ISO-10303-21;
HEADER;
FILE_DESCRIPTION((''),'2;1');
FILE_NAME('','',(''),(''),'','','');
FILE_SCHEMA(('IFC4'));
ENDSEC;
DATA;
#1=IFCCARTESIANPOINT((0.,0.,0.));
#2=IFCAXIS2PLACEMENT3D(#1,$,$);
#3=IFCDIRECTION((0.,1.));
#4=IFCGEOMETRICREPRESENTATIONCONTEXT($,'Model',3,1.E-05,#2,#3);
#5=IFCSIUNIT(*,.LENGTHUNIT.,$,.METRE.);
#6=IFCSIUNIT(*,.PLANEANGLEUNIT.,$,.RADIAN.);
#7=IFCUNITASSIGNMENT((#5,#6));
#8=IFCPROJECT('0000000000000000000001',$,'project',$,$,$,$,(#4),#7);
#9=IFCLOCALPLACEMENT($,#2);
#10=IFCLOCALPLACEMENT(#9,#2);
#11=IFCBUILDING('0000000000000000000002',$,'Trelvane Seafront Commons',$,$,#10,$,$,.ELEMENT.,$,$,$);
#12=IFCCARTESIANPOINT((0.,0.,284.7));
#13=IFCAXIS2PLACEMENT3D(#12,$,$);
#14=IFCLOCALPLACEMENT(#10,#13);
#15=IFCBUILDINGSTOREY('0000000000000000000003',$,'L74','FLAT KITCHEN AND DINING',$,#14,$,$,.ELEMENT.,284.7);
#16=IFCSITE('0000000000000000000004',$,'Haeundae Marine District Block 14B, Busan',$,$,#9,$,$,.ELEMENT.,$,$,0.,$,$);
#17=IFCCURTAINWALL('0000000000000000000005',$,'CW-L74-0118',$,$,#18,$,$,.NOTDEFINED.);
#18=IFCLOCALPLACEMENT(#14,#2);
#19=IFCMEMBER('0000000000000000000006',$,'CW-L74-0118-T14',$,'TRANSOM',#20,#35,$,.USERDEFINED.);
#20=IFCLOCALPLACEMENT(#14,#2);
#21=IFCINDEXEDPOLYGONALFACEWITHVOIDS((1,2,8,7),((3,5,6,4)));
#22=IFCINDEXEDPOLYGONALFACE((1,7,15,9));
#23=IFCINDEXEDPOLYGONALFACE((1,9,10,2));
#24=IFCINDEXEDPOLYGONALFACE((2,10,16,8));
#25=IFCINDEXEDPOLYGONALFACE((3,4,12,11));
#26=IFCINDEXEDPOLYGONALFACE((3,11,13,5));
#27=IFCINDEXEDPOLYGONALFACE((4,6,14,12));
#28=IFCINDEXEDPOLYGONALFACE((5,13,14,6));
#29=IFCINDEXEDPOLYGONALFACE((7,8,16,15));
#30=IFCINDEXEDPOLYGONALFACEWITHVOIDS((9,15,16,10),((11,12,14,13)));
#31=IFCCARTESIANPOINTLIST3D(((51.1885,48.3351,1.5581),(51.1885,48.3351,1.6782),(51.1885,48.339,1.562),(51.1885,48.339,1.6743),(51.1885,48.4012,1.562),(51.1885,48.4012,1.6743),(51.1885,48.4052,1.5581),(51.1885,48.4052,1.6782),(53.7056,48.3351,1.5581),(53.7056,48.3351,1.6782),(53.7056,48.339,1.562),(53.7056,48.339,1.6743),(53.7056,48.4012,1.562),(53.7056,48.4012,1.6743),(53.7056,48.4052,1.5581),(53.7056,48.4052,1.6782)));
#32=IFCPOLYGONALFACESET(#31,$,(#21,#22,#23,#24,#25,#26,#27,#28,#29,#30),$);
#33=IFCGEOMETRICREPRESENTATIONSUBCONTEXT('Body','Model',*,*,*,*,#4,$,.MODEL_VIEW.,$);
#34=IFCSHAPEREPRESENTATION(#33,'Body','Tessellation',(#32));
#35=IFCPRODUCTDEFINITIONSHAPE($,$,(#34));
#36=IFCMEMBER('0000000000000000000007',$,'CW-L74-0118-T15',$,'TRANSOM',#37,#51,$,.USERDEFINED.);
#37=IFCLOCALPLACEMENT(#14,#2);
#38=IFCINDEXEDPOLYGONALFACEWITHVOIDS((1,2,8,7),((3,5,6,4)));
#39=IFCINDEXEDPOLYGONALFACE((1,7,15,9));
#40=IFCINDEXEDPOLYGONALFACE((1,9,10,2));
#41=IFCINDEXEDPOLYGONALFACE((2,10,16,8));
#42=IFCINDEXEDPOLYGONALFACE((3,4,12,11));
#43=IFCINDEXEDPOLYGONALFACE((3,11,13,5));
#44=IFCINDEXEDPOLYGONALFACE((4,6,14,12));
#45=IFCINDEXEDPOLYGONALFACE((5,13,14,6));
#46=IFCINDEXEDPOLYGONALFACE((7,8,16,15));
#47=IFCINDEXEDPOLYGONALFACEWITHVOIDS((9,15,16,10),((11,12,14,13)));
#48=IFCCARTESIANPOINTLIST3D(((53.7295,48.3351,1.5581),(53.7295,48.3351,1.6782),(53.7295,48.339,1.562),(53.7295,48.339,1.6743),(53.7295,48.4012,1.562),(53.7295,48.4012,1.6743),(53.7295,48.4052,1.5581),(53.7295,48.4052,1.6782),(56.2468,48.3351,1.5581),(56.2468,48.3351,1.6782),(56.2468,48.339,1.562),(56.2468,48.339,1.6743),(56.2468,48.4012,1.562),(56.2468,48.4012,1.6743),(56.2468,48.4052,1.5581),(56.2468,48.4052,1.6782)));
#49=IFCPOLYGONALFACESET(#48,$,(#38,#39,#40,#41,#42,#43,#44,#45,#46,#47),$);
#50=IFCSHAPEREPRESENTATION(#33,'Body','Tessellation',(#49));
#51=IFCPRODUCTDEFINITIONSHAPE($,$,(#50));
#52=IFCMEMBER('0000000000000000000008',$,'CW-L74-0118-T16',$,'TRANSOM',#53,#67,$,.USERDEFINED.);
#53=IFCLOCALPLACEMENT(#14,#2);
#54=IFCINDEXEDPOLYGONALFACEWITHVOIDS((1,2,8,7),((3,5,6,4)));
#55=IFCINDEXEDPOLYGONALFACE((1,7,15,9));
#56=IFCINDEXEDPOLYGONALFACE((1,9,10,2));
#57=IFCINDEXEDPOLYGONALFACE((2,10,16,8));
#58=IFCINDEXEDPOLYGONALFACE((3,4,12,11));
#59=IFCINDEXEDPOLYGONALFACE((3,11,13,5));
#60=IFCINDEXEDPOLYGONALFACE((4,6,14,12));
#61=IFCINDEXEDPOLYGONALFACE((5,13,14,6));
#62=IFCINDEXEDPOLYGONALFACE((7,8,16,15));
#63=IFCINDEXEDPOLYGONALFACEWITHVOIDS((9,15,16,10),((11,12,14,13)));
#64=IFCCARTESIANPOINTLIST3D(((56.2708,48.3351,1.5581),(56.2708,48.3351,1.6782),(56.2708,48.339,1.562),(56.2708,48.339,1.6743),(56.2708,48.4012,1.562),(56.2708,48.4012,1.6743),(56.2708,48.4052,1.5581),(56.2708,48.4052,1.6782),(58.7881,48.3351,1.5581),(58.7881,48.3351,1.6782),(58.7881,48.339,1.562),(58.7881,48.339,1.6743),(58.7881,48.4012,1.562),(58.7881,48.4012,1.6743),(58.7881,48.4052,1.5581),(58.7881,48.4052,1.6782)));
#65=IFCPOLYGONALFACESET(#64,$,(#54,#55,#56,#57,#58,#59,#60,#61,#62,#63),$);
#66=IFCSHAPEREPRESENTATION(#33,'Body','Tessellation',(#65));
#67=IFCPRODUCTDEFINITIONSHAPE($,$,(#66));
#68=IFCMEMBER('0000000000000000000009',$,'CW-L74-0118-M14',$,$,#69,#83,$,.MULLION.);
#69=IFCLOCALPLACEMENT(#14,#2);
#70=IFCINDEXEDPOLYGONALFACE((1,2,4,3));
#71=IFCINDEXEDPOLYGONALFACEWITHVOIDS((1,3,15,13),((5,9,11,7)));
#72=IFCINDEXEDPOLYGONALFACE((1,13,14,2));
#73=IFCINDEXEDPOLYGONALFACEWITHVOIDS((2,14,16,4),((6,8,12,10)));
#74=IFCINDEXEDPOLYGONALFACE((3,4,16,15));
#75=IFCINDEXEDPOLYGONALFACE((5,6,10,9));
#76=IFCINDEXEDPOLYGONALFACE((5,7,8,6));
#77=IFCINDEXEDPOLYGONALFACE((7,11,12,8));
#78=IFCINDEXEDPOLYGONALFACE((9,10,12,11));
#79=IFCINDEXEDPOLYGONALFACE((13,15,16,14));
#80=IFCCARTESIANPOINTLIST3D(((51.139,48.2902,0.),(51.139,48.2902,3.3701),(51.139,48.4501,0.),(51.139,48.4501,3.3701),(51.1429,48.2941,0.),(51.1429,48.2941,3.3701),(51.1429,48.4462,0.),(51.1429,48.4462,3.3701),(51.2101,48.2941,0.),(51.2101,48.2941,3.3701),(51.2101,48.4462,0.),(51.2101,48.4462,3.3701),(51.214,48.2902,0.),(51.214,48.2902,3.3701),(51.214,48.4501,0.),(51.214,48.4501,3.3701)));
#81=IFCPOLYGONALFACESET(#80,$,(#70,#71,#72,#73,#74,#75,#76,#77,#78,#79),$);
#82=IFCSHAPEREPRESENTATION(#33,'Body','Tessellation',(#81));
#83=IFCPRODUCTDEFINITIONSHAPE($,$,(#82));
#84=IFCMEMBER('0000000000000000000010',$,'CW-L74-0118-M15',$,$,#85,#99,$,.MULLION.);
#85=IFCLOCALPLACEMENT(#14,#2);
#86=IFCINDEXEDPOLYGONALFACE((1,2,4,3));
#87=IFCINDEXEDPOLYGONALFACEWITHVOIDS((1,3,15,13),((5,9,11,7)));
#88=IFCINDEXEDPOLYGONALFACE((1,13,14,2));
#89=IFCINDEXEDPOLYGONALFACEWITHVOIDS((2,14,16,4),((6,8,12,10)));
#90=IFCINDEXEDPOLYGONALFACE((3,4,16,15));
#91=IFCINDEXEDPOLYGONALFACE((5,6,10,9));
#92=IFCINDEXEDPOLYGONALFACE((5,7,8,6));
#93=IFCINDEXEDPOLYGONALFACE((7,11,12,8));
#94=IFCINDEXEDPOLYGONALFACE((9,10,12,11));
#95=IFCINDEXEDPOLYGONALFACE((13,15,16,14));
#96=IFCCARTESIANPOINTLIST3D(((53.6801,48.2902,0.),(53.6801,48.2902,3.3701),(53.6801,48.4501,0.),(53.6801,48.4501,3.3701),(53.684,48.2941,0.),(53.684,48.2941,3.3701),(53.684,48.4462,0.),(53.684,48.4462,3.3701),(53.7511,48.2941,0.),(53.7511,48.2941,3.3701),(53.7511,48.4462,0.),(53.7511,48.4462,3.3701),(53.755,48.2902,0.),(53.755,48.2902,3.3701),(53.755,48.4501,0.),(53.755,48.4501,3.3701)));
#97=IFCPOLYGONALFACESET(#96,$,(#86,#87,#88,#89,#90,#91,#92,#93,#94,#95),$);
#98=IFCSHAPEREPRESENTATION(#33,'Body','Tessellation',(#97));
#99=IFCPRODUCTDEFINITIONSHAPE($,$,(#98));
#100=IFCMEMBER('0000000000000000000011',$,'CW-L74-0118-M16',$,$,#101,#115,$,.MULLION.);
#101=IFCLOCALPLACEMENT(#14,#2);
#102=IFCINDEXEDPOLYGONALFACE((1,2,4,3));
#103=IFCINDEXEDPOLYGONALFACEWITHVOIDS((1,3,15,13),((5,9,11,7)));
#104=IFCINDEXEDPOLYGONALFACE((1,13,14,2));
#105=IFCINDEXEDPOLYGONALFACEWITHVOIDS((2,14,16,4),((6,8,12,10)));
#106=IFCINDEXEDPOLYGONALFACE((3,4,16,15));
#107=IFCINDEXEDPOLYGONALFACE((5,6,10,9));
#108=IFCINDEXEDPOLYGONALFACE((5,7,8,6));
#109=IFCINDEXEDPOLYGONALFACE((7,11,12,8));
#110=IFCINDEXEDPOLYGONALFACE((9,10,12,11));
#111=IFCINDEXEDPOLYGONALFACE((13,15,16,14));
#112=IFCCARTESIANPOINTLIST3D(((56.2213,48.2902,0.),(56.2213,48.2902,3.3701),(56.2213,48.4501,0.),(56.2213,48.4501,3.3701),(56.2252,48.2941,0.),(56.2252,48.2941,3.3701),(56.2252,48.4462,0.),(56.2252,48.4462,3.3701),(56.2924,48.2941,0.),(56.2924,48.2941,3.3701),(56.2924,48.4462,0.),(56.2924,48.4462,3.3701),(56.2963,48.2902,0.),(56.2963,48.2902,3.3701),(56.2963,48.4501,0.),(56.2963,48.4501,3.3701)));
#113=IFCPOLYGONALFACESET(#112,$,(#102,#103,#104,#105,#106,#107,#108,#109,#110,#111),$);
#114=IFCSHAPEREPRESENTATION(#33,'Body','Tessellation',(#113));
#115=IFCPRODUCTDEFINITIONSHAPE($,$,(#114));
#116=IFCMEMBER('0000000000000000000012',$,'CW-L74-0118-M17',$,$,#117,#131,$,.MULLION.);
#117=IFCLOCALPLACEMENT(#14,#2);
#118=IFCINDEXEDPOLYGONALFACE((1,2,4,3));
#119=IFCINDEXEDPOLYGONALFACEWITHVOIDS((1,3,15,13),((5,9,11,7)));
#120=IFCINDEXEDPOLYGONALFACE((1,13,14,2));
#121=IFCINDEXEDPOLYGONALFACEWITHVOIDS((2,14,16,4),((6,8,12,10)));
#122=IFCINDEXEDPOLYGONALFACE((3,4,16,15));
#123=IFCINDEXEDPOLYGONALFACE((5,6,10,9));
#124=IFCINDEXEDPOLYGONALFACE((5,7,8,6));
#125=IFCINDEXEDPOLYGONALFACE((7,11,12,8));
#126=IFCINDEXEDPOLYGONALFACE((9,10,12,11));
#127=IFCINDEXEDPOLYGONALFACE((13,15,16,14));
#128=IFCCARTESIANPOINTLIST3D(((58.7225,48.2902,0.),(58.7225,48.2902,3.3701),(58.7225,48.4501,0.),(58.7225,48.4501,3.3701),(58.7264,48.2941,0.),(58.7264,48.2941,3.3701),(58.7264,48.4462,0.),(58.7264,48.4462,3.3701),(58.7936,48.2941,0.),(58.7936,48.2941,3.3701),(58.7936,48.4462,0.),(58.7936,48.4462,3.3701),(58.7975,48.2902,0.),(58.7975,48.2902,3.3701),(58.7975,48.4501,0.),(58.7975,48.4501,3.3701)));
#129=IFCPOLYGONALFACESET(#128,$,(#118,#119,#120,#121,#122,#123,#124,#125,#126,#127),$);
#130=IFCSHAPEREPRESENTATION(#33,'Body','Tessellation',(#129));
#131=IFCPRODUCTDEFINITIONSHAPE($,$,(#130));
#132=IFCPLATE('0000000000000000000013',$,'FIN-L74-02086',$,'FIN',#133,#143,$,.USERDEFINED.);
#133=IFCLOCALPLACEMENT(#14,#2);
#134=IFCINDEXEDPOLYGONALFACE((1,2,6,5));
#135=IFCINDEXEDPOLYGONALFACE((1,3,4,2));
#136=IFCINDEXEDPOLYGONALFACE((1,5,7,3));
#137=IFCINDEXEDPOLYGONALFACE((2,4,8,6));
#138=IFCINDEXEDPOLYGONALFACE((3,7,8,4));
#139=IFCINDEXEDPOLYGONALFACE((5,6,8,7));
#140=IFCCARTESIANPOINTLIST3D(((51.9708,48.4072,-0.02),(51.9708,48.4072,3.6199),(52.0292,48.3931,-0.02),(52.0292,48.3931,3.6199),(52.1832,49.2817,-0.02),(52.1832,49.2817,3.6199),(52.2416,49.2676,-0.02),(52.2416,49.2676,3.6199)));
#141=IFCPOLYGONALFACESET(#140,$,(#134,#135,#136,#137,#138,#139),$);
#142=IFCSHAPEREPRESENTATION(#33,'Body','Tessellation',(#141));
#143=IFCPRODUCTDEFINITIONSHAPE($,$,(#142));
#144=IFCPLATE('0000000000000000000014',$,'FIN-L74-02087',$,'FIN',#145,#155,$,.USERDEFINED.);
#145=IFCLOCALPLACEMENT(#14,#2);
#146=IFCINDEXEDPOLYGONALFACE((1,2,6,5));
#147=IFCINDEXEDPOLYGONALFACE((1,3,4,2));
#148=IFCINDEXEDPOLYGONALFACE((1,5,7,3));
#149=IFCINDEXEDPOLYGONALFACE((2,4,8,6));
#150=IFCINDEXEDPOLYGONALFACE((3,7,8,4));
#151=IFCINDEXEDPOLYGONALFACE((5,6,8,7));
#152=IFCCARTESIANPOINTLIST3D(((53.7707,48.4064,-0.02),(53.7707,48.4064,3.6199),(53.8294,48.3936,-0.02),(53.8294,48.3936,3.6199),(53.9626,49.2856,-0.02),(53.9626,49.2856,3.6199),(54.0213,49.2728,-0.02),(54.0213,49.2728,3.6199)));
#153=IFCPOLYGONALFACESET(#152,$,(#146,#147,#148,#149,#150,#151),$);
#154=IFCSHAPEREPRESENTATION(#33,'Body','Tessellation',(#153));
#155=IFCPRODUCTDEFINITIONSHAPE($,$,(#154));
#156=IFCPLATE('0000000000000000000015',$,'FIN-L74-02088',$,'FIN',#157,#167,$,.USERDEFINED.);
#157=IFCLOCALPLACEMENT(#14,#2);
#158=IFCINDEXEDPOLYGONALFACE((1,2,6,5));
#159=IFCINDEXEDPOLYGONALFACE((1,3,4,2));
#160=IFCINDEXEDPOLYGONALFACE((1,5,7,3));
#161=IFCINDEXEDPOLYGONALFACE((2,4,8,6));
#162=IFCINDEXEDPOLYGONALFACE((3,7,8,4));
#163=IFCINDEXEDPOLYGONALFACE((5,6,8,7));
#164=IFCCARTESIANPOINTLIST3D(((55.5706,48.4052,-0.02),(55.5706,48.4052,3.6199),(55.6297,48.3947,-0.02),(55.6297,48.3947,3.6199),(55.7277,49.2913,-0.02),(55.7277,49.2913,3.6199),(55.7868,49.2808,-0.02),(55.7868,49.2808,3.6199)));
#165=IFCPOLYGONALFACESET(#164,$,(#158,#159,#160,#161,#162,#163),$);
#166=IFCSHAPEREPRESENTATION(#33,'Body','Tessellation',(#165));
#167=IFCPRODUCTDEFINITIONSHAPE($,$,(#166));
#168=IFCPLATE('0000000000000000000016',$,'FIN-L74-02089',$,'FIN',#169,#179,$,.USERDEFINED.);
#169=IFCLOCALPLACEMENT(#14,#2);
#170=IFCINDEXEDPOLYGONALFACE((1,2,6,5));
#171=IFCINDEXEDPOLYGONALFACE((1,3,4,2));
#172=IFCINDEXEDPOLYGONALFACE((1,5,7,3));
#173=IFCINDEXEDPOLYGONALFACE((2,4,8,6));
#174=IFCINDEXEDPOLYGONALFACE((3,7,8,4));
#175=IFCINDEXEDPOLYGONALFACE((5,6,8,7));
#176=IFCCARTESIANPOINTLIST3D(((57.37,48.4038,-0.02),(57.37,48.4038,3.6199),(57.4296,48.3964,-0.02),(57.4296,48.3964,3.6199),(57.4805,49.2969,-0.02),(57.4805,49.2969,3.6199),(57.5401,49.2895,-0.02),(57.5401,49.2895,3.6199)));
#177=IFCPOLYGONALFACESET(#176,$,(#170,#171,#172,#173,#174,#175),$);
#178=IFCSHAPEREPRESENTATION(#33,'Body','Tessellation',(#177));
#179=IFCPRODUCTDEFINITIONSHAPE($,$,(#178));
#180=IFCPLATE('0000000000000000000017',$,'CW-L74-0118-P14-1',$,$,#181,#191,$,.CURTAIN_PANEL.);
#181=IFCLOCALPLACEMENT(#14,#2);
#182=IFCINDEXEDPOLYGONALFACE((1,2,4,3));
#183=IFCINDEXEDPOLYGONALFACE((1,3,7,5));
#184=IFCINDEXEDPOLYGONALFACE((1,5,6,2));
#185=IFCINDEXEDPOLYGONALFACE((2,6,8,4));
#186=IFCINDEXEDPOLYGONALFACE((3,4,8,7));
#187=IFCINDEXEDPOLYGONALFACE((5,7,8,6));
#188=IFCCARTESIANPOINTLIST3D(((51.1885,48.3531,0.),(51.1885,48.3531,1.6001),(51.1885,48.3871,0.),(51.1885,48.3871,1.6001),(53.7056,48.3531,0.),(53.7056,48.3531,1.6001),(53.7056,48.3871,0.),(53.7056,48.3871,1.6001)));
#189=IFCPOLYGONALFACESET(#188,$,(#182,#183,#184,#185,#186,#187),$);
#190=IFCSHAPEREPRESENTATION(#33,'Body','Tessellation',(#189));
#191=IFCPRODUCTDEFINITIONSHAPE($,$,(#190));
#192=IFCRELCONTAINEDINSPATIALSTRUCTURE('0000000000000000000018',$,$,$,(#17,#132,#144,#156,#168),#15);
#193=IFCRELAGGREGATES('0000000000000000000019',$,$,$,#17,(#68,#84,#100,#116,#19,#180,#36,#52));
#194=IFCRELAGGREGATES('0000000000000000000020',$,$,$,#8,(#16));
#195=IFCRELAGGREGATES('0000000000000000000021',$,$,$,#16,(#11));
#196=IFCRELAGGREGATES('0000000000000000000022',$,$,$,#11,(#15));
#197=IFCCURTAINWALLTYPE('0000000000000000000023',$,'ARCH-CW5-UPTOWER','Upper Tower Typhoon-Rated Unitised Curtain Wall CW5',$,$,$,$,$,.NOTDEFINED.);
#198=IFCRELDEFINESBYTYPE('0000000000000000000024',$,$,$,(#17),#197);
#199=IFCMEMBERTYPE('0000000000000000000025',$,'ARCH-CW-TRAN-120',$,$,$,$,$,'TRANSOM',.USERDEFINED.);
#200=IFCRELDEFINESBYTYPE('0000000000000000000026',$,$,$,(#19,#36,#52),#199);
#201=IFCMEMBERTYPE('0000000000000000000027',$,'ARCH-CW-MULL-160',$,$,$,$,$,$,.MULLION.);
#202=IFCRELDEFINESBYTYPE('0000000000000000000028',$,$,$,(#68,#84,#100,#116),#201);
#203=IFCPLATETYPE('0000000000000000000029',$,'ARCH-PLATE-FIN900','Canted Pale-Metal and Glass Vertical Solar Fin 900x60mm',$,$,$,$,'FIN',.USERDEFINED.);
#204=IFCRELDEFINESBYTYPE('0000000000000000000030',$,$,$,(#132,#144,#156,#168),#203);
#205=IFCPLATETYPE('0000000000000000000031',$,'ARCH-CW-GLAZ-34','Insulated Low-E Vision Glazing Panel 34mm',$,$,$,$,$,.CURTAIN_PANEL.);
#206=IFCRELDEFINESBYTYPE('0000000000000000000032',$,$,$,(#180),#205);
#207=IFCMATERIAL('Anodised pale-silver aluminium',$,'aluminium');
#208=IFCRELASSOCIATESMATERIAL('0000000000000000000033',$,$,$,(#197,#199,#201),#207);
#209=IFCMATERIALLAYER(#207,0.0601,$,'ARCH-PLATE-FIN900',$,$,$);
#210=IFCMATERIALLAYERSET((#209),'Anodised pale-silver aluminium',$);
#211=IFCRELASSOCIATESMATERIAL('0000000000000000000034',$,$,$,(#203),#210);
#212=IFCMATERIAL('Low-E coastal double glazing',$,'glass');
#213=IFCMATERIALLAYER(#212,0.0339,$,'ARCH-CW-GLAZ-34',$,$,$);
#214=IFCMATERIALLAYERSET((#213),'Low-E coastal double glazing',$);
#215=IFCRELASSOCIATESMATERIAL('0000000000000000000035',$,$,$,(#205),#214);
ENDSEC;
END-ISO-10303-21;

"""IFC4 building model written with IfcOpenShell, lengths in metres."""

from ifc_helpers import new_model, si_unit, direction, frame, origin, origin_2d, place, context, subcontext, project, spatial, rectangle, hollow_rectangle, extrude, source, transform, mapped, material, layer, layer_set, material_profile, profile_set, type_object, element, aggregate, save


model = new_model("IFC4")

# Units and contexts
model_context = context("Model", 3, precision=1e-05, world=origin(), true_north=direction((0.0, 1.0)))
body_context = subcontext(model_context, "Body", "Model", "MODEL_VIEW")
ifc_project = project(units=[si_unit("LENGTHUNIT", "METRE"), si_unit("PLANEANGLEUNIT", "RADIAN")], contexts=[model_context])

# Site, building, storey
site_placement = place(None, origin())
site = spatial("IfcSite", under=ifc_project, at=site_placement, Name="Haeundae Marine District Block 14B, Busan", CompositionType="ELEMENT", RefElevation=0.0)
building_placement = place(site_placement, origin())
building = spatial("IfcBuilding", under=site, at=building_placement, Name="Trelvane Seafront Commons", CompositionType="ELEMENT")
storey_placement = place(building_placement, frame((0.0, 0.0, 284.7)))
storey = spatial("IfcBuildingStorey", under=building, at=storey_placement, Name="L74", Description="FLAT KITCHEN AND DINING", CompositionType="ELEMENT", Elevation=284.7)

# Curtain wall, members
ifc_material_1 = material(Name="Anodised pale-silver aluminium", Category="aluminium")
curtain_wall_type = type_object("IfcCurtainWallType", Name="ARCH-CW5-UPTOWER", Description="Upper Tower Typhoon-Rated Unitised Curtain Wall CW5", PredefinedType="NOTDEFINED", material=ifc_material_1)
curtain_wall_placement = place(storey_placement, origin())
curtain_wall = element("IfcCurtainWall", 1, at=curtain_wall_placement, inside=storey, type_object=curtain_wall_type, Name="CW-L74-0118", PredefinedType="NOTDEFINED")
ifc_material_profile_1 = material_profile(ifc_material_1, hollow_rectangle(XDim=0.0701, YDim=0.1201, WallThickness=0.0039, at=origin_2d()), Name="TRAN-70x120x4")
ifc_profile_set_1 = profile_set([ifc_material_profile_1], Name="Anodised pale-silver aluminium")
member_type_1 = type_object("IfcMemberType", Name="ARCH-CW-TRAN-120", ElementType="TRANSOM", PredefinedType="USERDEFINED", material=ifc_profile_set_1)
shared_shape_1 = source(origin(), body_context, "Body", "SweptSolid", [
    extrude(hollow_rectangle(XDim=0.0701, YDim=0.1201, WallThickness=0.0039, at=origin_2d()), origin(), (0.0, 0.0, 1.0), 2.5171),
])
member_1_placement = place(storey_placement, frame((51.1885, 48.3701, 1.6182), z_axis=(1.0, 0.0, 0.0), x_axis=(0.0, 1.0, 0.0)))
member_1 = element("IfcMember", 2, at=member_1_placement, type_object=member_type_1, Name="CW-L74-0118-T14", ObjectType="TRANSOM", PredefinedType="USERDEFINED", context=body_context, shape_type="MappedRepresentation", body=[
    mapped(shared_shape_1, transform((0.0, 0.0, 0.0), x_axis=(1.0, 0.0, 0.0), y_axis=(0.0, 1.0, 0.0), z_axis=(0.0, 0.0, 1.0), scale=1.0)),
])
shared_shape_2 = source(origin(), body_context, "Body", "SweptSolid", [
    extrude(hollow_rectangle(XDim=0.0701, YDim=0.1201, WallThickness=0.0039, at=origin_2d()), origin(), (0.0, 0.0, 1.0), 2.5173),
])
member_2_placement = place(storey_placement, frame((53.7295, 48.3701, 1.6182), z_axis=(1.0, 0.0, 0.0), x_axis=(0.0, 1.0, 0.0)))
member_2 = element("IfcMember", 3, at=member_2_placement, type_object=member_type_1, Name="CW-L74-0118-T15", ObjectType="TRANSOM", PredefinedType="USERDEFINED", context=body_context, shape_type="MappedRepresentation", body=[
    mapped(shared_shape_2, transform((0.0, 0.0, 0.0), x_axis=(1.0, 0.0, 0.0), y_axis=(0.0, 1.0, 0.0), z_axis=(0.0, 0.0, 1.0), scale=1.0)),
])
member_3_placement = place(storey_placement, frame((56.2708, 48.3701, 1.6182), z_axis=(1.0, 0.0, 0.0), x_axis=(0.0, 1.0, 0.0)))
member_3 = element("IfcMember", 4, at=member_3_placement, type_object=member_type_1, Name="CW-L74-0118-T16", ObjectType="TRANSOM", PredefinedType="USERDEFINED", context=body_context, shape_type="MappedRepresentation", body=[
    mapped(shared_shape_2, transform((0.0, 0.0, 0.0), x_axis=(1.0, 0.0, 0.0), y_axis=(0.0, 1.0, 0.0), z_axis=(0.0, 0.0, 1.0), scale=1.0)),
])
ifc_material_profile_2 = material_profile(ifc_material_1, hollow_rectangle(XDim=0.075, YDim=0.1599, WallThickness=0.0039, at=origin_2d()), Name="MULL-75x160x4")
ifc_profile_set_2 = profile_set([ifc_material_profile_2], Name="Anodised pale-silver aluminium")
member_type_2 = type_object("IfcMemberType", Name="ARCH-CW-MULL-160", PredefinedType="MULLION", material=ifc_profile_set_2)
shared_shape_3 = source(origin(), body_context, "Body", "SweptSolid", [
    extrude(hollow_rectangle(XDim=0.075, YDim=0.1599, WallThickness=0.0039, at=origin_2d()), origin(), (0.0, 0.0, 1.0), 3.3701),
])
member_4_placement = place(storey_placement, frame((51.1765, 48.3701, 0.0), z_axis=(0.0, 0.0, 1.0), x_axis=(1.0, 0.0, 0.0)))
member_4 = element("IfcMember", 5, at=member_4_placement, type_object=member_type_2, Name="CW-L74-0118-M14", PredefinedType="MULLION", context=body_context, shape_type="MappedRepresentation", body=[
    mapped(shared_shape_3, transform((0.0, 0.0, 0.0), x_axis=(1.0, 0.0, 0.0), y_axis=(0.0, 1.0, 0.0), z_axis=(0.0, 0.0, 1.0), scale=1.0)),
])
member_5_placement = place(storey_placement, frame((53.7175, 48.3701, 0.0), z_axis=(0.0, 0.0, 1.0), x_axis=(1.0, 0.0, 0.0)))
member_5 = element("IfcMember", 6, at=member_5_placement, type_object=member_type_2, Name="CW-L74-0118-M15", PredefinedType="MULLION", context=body_context, shape_type="MappedRepresentation", body=[
    mapped(shared_shape_3, transform((0.0, 0.0, 0.0), x_axis=(1.0, 0.0, 0.0), y_axis=(0.0, 1.0, 0.0), z_axis=(0.0, 0.0, 1.0), scale=1.0)),
])
member_6_placement = place(storey_placement, frame((56.2588, 48.3701, 0.0), z_axis=(0.0, 0.0, 1.0), x_axis=(1.0, 0.0, 0.0)))
member_6 = element("IfcMember", 7, at=member_6_placement, type_object=member_type_2, Name="CW-L74-0118-M16", PredefinedType="MULLION", context=body_context, shape_type="MappedRepresentation", body=[
    mapped(shared_shape_3, transform((0.0, 0.0, 0.0), x_axis=(1.0, 0.0, 0.0), y_axis=(0.0, 1.0, 0.0), z_axis=(0.0, 0.0, 1.0), scale=1.0)),
])
member_7_placement = place(storey_placement, frame((58.76, 48.3701, 0.0), z_axis=(0.0, 0.0, 1.0), x_axis=(1.0, 0.0, 0.0)))
member_7 = element("IfcMember", 8, at=member_7_placement, type_object=member_type_2, Name="CW-L74-0118-M17", PredefinedType="MULLION", context=body_context, shape_type="MappedRepresentation", body=[
    mapped(shared_shape_3, transform((0.0, 0.0, 0.0), x_axis=(1.0, 0.0, 0.0), y_axis=(0.0, 1.0, 0.0), z_axis=(0.0, 0.0, 1.0), scale=1.0)),
])

# Plates
ifc_layer_1 = layer(ifc_material_1, 0.0601, Name="ARCH-PLATE-FIN900")
ifc_layer_set_1 = layer_set([ifc_layer_1], Name="Anodised pale-silver aluminium")
plate_type_1 = type_object("IfcPlateType", Name="ARCH-PLATE-FIN900", Description="Canted Pale-Metal and Glass Vertical Solar Fin 900x60mm", ElementType="FIN", PredefinedType="USERDEFINED", material=ifc_layer_set_1)
shared_shape_4 = source(origin(), body_context, "Body", "SweptSolid", [
    extrude(rectangle(XDim=0.8999, YDim=0.0601, at=origin_2d()), origin(), (0.0, 0.0, 1.0), 3.6399),
])
for number, where, z_axis, x_axis, name in (
    (9, (52.1062, 48.8374, -0.02), (0.0, 0.0, 1.0), (0.235994, 0.971755, 0.0), "FIN-L74-02086"),
    (10, (53.896, 48.8396, -0.02), (0.0, 0.0, 1.0), (0.213223, 0.977004, 0.0), "FIN-L74-02087"),
    (11, (55.6787, 48.843, -0.02), (0.0, 0.0, 1.0), (0.174552, 0.984648, 0.0), "FIN-L74-02088"),
    (12, (57.4551, 48.8467, -0.02), (0.0, 0.0, 1.0), (0.122777, 0.992434, 0.0), "FIN-L74-02089"),
):
    element("IfcPlate", number, at=place(storey_placement, frame(where, z_axis=z_axis, x_axis=x_axis)), inside=storey, type_object=plate_type_1, Name=name, ObjectType="FIN", PredefinedType="USERDEFINED", context=body_context, shape_type="MappedRepresentation", body=[
        mapped(shared_shape_4, transform((0.0, 0.0, 0.0), x_axis=(1.0, 0.0, 0.0), y_axis=(0.0, 1.0, 0.0), z_axis=(0.0, 0.0, 1.0), scale=1.0)),
    ])

# Plate
ifc_material_2 = material(Name="Low-E coastal double glazing", Category="glass")
ifc_layer_2 = layer(ifc_material_2, 0.0339, Name="ARCH-CW-GLAZ-34")
ifc_layer_set_2 = layer_set([ifc_layer_2], Name="Low-E coastal double glazing")
plate_type_2 = type_object("IfcPlateType", Name="ARCH-CW-GLAZ-34", Description="Insulated Low-E Vision Glazing Panel 34mm", PredefinedType="CURTAIN_PANEL", material=ifc_layer_set_2)
shared_shape_5 = source(origin(), body_context, "Body", "SweptSolid", [
    extrude(rectangle(XDim=2.5171, YDim=0.0339, at=origin_2d()), origin(), (0.0, 0.0, 1.0), 1.6001),
])
plate_1_placement = place(storey_placement, frame((52.447, 48.3701, 0.0), z_axis=(0.0, 0.0, 1.0), x_axis=(1.0, 0.0, 0.0)))
plate_1 = element("IfcPlate", 13, at=plate_1_placement, type_object=plate_type_2, Name="CW-L74-0118-P14-1", PredefinedType="CURTAIN_PANEL", context=body_context, shape_type="MappedRepresentation", body=[
    mapped(shared_shape_5, transform((0.0, 0.0, 0.0), x_axis=(1.0, 0.0, 0.0), y_axis=(0.0, 1.0, 0.0), z_axis=(0.0, 0.0, 1.0), scale=1.0)),
])
aggregate(curtain_wall, [member_4, member_5, member_6, member_7, member_1, plate_1, member_2, member_3])

save(model, "model.ifc")
